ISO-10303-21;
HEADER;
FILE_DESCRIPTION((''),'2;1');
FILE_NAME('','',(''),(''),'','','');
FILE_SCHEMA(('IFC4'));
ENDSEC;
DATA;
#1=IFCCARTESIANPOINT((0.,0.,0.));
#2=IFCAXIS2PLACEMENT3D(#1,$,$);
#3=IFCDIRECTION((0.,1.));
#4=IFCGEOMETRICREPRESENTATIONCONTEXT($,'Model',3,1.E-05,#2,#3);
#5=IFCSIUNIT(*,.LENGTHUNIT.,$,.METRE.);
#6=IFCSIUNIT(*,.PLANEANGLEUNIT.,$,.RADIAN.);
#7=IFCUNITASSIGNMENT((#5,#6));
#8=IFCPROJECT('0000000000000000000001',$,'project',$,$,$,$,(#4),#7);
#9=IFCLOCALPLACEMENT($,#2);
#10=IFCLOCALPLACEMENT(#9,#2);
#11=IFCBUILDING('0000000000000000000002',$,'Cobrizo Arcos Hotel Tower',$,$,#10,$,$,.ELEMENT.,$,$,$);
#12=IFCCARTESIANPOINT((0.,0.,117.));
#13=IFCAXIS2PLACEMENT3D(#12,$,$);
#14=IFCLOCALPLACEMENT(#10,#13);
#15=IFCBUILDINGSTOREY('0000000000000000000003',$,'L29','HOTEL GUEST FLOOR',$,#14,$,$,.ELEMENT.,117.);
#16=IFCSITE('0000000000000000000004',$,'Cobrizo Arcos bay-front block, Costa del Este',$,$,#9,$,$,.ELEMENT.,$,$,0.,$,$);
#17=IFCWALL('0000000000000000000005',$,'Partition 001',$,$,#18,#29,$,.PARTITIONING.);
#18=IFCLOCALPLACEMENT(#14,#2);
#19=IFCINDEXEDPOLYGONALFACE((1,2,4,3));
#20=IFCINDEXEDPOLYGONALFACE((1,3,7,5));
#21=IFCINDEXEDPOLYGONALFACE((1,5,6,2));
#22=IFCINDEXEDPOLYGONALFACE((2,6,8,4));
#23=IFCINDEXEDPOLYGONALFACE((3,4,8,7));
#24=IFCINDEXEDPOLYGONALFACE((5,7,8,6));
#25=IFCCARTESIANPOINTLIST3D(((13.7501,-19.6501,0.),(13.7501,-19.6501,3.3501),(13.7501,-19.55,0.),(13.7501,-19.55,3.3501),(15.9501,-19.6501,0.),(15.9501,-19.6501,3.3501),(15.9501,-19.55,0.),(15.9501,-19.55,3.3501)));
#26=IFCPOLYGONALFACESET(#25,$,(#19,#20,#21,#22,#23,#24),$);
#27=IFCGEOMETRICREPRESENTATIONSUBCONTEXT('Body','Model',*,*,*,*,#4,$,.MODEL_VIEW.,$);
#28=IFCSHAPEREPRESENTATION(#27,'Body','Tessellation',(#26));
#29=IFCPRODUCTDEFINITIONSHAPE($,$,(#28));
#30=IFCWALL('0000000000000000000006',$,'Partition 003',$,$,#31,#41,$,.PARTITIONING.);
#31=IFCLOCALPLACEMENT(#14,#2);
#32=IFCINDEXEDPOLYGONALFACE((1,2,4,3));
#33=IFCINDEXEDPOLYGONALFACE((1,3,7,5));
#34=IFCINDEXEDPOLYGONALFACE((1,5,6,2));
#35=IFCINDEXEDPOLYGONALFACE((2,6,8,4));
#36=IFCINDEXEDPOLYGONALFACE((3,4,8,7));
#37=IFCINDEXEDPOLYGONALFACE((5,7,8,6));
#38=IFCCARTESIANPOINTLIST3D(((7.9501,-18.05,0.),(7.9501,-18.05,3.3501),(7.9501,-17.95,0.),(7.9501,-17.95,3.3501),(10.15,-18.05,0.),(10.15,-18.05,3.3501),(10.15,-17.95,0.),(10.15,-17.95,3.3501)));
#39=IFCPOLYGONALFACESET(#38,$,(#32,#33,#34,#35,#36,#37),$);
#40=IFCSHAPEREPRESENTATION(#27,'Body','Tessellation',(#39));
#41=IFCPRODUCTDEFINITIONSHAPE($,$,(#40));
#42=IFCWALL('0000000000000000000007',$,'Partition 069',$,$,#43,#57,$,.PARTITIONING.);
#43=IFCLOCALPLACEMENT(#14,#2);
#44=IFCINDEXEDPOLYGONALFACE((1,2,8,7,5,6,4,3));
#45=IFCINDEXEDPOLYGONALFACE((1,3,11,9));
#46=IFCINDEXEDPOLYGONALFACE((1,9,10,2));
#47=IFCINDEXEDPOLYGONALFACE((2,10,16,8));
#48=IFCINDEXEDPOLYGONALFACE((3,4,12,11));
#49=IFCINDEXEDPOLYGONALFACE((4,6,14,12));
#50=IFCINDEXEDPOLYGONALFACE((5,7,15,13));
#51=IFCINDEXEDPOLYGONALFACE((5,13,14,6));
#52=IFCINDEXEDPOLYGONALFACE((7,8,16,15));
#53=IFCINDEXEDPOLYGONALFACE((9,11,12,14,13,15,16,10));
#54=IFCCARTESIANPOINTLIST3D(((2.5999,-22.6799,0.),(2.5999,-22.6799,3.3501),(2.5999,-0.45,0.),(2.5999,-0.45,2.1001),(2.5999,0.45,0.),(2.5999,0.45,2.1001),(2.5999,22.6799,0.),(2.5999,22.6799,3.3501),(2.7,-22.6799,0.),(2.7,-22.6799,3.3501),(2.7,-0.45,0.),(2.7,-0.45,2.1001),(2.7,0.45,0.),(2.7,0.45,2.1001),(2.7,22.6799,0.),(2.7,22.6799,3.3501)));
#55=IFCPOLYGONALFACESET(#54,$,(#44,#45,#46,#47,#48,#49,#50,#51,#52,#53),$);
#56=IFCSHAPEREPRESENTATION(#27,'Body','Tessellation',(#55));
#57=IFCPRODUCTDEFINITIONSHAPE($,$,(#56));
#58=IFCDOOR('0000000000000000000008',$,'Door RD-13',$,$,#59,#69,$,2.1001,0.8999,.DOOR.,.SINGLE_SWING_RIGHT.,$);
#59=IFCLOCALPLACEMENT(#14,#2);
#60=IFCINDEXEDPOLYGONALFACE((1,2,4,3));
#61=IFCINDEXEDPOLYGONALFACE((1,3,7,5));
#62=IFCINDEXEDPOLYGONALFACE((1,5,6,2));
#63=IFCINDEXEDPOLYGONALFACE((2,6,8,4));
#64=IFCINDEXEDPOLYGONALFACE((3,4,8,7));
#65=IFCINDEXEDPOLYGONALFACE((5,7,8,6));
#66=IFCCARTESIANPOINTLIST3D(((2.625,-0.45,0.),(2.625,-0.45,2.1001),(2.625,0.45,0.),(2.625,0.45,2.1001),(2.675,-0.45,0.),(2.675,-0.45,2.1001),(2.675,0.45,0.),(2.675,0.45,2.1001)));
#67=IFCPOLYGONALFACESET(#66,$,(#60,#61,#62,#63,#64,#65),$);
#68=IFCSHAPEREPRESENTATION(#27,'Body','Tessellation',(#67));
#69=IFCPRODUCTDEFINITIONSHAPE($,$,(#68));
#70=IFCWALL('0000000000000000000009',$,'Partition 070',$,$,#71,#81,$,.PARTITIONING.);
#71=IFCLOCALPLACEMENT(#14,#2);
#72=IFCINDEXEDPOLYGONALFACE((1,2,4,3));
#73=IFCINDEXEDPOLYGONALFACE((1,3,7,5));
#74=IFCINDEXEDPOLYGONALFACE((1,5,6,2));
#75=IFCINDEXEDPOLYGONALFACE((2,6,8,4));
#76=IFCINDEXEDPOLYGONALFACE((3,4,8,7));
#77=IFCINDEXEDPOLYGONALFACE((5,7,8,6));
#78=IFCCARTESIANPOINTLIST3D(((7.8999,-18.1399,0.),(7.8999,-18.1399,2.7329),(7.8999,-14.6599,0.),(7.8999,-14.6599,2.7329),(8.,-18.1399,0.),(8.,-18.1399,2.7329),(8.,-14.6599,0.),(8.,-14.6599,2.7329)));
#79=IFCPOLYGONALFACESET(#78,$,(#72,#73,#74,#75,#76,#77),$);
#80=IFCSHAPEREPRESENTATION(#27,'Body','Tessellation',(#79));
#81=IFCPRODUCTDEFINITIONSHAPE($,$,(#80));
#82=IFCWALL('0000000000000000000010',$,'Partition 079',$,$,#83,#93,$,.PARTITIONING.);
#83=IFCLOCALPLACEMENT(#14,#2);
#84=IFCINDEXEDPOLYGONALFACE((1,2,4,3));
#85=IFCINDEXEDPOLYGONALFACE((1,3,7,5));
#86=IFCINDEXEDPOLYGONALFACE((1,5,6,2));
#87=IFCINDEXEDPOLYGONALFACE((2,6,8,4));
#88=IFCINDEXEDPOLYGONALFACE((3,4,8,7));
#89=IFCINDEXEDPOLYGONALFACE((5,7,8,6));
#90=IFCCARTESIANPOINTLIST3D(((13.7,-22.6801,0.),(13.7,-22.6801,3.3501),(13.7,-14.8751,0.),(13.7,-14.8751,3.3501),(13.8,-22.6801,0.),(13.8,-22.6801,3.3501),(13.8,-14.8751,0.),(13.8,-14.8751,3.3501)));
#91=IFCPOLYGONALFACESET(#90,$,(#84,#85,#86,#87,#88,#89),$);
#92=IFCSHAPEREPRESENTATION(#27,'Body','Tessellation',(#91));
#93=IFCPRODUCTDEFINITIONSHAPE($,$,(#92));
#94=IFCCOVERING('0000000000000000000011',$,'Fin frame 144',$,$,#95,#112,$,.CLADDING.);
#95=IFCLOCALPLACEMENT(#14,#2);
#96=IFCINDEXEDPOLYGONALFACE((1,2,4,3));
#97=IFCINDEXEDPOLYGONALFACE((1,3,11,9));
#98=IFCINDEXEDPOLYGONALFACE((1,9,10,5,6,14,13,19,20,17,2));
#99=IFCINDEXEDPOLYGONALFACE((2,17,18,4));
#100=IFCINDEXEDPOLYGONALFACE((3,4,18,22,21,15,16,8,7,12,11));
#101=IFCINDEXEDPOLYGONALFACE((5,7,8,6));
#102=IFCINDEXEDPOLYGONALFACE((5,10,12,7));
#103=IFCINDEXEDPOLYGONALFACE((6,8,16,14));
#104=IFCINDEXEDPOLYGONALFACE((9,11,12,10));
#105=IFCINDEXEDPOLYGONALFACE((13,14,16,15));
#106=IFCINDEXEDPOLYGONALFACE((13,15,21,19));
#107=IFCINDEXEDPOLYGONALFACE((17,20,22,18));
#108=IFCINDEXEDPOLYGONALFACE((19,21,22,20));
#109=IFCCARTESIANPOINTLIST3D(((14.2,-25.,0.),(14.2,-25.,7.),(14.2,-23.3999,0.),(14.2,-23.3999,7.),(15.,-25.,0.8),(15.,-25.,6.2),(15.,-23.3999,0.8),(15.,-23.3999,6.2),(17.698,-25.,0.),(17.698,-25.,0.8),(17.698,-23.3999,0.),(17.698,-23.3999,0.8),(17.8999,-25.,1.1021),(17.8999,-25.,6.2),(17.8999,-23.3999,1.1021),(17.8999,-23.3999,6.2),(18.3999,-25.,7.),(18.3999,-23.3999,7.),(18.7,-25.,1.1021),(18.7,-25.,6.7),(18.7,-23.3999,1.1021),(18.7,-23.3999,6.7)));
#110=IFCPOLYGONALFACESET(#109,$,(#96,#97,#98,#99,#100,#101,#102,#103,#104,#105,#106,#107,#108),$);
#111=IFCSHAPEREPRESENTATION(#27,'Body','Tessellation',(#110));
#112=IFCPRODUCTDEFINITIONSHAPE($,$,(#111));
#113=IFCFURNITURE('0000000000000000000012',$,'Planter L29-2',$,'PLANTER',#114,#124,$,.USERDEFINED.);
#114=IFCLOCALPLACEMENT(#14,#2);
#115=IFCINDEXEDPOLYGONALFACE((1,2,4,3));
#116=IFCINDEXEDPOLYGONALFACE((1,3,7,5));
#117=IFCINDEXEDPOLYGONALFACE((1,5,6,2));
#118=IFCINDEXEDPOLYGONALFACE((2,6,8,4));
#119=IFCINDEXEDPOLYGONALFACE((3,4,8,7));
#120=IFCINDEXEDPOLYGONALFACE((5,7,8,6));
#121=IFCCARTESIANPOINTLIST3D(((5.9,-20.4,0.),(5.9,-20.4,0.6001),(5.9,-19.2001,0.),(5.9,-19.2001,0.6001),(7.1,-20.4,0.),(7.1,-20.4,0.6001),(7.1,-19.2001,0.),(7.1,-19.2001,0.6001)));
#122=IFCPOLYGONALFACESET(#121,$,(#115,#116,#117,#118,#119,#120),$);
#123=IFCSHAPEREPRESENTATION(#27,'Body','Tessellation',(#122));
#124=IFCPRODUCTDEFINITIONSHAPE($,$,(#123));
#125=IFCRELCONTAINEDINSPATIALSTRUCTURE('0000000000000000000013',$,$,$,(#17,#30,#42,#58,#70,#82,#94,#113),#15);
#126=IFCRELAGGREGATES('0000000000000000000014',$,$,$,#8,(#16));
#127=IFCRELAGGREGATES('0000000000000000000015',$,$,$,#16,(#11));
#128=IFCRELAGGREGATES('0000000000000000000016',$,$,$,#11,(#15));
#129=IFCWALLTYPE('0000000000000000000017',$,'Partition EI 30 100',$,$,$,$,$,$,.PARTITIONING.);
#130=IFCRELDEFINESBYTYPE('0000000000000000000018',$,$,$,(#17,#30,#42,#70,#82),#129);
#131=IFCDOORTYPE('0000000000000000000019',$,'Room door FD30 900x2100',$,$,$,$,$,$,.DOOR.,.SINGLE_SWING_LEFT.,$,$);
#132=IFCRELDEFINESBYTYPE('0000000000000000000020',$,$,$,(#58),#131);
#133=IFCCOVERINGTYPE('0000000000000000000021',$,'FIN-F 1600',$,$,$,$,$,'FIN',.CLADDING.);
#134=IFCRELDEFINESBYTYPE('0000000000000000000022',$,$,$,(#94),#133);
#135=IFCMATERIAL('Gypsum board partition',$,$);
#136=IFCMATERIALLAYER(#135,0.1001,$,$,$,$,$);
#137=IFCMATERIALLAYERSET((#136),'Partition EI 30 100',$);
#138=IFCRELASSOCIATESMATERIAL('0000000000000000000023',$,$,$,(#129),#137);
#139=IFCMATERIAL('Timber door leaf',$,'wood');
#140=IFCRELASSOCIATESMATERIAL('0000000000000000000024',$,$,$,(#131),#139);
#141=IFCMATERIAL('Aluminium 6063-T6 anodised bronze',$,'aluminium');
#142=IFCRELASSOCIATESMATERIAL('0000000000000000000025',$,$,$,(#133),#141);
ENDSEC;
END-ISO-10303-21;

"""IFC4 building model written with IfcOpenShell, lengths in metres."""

from ifc_helpers import new_model, si_unit, direction, frame, frame_2d, origin, origin_2d, place, context, subcontext, project, spatial, polyline, rectangle, outline, extrude, material, layer, layer_set, type_object, element, fill, save


model = new_model("IFC4")

# Units and contexts
model_context = context("Model", 3, precision=1e-05, world=origin(), true_north=direction((0.0, 1.0)))
body_context = subcontext(model_context, "Body", "Model", "MODEL_VIEW")
ifc_project = project(units=[si_unit("LENGTHUNIT", "METRE"), si_unit("PLANEANGLEUNIT", "RADIAN")], contexts=[model_context])

# Site, building, storey
site_placement = place(None, origin())
site = spatial("IfcSite", under=ifc_project, at=site_placement, Name="Cobrizo Arcos bay-front block, Costa del Este", CompositionType="ELEMENT", RefElevation=0.0)
building_placement = place(site_placement, origin())
building = spatial("IfcBuilding", under=site, at=building_placement, Name="Cobrizo Arcos Hotel Tower", CompositionType="ELEMENT")
storey_placement = place(building_placement, frame((0.0, 0.0, 117.0)))
storey = spatial("IfcBuildingStorey", under=building, at=storey_placement, Name="L29", Description="HOTEL GUEST FLOOR", CompositionType="ELEMENT", Elevation=117.0)

# Shared definitions
ifc_material_1 = material(Name="Aluminium 6063-T6 anodised bronze", Category="aluminium")

# Walls
ifc_material_2 = material(Name="Gypsum board partition")
ifc_layer_1 = layer(ifc_material_2, 0.1001)
ifc_layer_set_1 = layer_set([ifc_layer_1], Name="Partition EI 30 100")
wall_type = type_object("IfcWallType", Name="Partition EI 30 100", PredefinedType="PARTITIONING", material=ifc_layer_set_1)
for number, where, z_axis, x_axis, name in (
    (1, (13.75, -19.6001, 0.0), (0.0, 0.0, 1.0), (1.0, 0.0, 0.0), "Partition 001"),
    (2, (7.95, -18.0, 0.0), (0.0, 0.0, 1.0), (1.0, 0.0, 0.0), "Partition 003"),
):
    element("IfcWall", number, at=place(storey_placement, frame(where, z_axis=z_axis, x_axis=x_axis)), inside=storey, type_object=wall_type, Name=name, PredefinedType="PARTITIONING", context=body_context, shape_type="SweptSolid", body=[
        extrude(rectangle(XDim=2.2, YDim=0.1001, at=frame_2d((1.1001, 0.0))), origin(), (0.0, 0.0, 1.0), 3.3501),
    ])

# Wall, opening, door
wall_1_placement = place(storey_placement, frame((2.6499, -22.6799, 0.0), z_axis=(0.0, 0.0, 1.0), x_axis=(0.0, 1.0, 0.0)))
wall_1 = element("IfcWall", 3, at=wall_1_placement, inside=storey, type_object=wall_type, Name="Partition 069", PredefinedType="PARTITIONING", context=body_context, shape_type="SweptSolid", body=[
    extrude(rectangle(XDim=45.3599, YDim=0.1001, at=frame_2d((22.6799, 0.0))), origin(), (0.0, 0.0, 1.0), 3.3501),
])
opening_placement = place(wall_1_placement, frame((22.23, 0.0, 0.0)))
opening = element("IfcOpeningElement", 4, at=opening_placement, cuts=wall_1, PredefinedType="OPENING", context=body_context, shape_type="SweptSolid", body=[
    extrude(rectangle(XDim=0.8999, YDim=2.1001, at=frame_2d((0.45, 1.05))), frame((0.0, 0.062, 0.0), z_axis=(0.0, -1.0, 0.0), x_axis=(1.0, 0.0, 0.0)), (0.0, 0.0, 1.0), 0.124),
])
ifc_material_3 = material(Name="Timber door leaf", Category="wood")
door_type = type_object("IfcDoorType", Name="Room door FD30 900x2100", OperationType="SINGLE_SWING_LEFT", PredefinedType="DOOR", material=ifc_material_3)
door_placement = place(opening_placement, origin())
door = element("IfcDoor", 5, at=door_placement, inside=storey, type_object=door_type, Name="Door RD-13", OperationType="SINGLE_SWING_RIGHT", OverallHeight=2.1001, OverallWidth=0.8999, PredefinedType="DOOR", context=body_context, shape_type="SweptSolid", body=[
    extrude(rectangle(XDim=0.8999, YDim=2.1001, at=frame_2d((0.45, 1.05))), frame((0.0, 0.0249, 0.0), z_axis=(0.0, -1.0, 0.0), x_axis=(1.0, 0.0, 0.0)), (0.0, 0.0, 1.0), 0.05),
])
fill(opening, door)

# Walls
wall_2_placement = place(storey_placement, frame((7.95, -18.1399, 0.0), z_axis=(0.0, 0.0, 1.0), x_axis=(0.0, 1.0, 0.0)))
element("IfcWall", 6, at=wall_2_placement, inside=storey, type_object=wall_type, Name="Partition 070", PredefinedType="PARTITIONING", context=body_context, shape_type="SweptSolid", body=[
    extrude(rectangle(XDim=3.48, YDim=0.1001, at=frame_2d((1.74, 0.0))), origin(), (0.0, 0.0, 1.0), 2.7329),
])
wall_3_placement = place(storey_placement, frame((13.75, -22.6799, 0.0), z_axis=(0.0, 0.0, 1.0), x_axis=(0.0, 1.0, 0.0)))
element("IfcWall", 7, at=wall_3_placement, inside=storey, type_object=wall_type, Name="Partition 079", PredefinedType="PARTITIONING", context=body_context, shape_type="SweptSolid", body=[
    extrude(rectangle(XDim=7.8049, YDim=0.1001, at=frame_2d((3.9023, 0.0))), origin(), (0.0, 0.0, 1.0), 3.3501),
])

# Covering
covering_type = type_object("IfcCoveringType", Name="FIN-F 1600", ElementType="FIN", PredefinedType="CLADDING", material=ifc_material_1)
covering_placement = place(storey_placement, frame((14.2, -23.3999, 0.0), z_axis=(0.0, -1.0, 0.0), x_axis=(1.0, 0.0, 0.0)))
element("IfcCovering", 8, at=covering_placement, inside=storey, type_object=covering_type, Name="Fin frame 144", PredefinedType="CLADDING", context=body_context, shape_type="SweptSolid", body=[
    extrude(outline(polyline([(0.0, 0.0), (3.498, 0.0), (3.498, 0.8), (0.8, 0.8), (0.8, 6.2), (3.7, 6.2), (3.7, 1.1021), (4.5, 1.1021), (4.5, 6.7), (4.2, 7.0), (0.0, 7.0), (0.0, 0.0)])), origin(), (0.0, 0.0, 1.0), 1.6001),
])

# Furniture
furniture_placement = place(storey_placement, frame((6.5, -19.8, 0.0), z_axis=(0.0, 0.0, 1.0), x_axis=(1.0, 0.0, 0.0)))
element("IfcFurniture", 9, at=furniture_placement, inside=storey, Name="Planter L29-2", ObjectType="PLANTER", PredefinedType="USERDEFINED", context=body_context, shape_type="SweptSolid", body=[
    extrude(rectangle(XDim=1.2, YDim=1.2, at=origin_2d()), origin(), (0.0, 0.0, 1.0), 0.6001),
])

save(model, "model.ifc")
